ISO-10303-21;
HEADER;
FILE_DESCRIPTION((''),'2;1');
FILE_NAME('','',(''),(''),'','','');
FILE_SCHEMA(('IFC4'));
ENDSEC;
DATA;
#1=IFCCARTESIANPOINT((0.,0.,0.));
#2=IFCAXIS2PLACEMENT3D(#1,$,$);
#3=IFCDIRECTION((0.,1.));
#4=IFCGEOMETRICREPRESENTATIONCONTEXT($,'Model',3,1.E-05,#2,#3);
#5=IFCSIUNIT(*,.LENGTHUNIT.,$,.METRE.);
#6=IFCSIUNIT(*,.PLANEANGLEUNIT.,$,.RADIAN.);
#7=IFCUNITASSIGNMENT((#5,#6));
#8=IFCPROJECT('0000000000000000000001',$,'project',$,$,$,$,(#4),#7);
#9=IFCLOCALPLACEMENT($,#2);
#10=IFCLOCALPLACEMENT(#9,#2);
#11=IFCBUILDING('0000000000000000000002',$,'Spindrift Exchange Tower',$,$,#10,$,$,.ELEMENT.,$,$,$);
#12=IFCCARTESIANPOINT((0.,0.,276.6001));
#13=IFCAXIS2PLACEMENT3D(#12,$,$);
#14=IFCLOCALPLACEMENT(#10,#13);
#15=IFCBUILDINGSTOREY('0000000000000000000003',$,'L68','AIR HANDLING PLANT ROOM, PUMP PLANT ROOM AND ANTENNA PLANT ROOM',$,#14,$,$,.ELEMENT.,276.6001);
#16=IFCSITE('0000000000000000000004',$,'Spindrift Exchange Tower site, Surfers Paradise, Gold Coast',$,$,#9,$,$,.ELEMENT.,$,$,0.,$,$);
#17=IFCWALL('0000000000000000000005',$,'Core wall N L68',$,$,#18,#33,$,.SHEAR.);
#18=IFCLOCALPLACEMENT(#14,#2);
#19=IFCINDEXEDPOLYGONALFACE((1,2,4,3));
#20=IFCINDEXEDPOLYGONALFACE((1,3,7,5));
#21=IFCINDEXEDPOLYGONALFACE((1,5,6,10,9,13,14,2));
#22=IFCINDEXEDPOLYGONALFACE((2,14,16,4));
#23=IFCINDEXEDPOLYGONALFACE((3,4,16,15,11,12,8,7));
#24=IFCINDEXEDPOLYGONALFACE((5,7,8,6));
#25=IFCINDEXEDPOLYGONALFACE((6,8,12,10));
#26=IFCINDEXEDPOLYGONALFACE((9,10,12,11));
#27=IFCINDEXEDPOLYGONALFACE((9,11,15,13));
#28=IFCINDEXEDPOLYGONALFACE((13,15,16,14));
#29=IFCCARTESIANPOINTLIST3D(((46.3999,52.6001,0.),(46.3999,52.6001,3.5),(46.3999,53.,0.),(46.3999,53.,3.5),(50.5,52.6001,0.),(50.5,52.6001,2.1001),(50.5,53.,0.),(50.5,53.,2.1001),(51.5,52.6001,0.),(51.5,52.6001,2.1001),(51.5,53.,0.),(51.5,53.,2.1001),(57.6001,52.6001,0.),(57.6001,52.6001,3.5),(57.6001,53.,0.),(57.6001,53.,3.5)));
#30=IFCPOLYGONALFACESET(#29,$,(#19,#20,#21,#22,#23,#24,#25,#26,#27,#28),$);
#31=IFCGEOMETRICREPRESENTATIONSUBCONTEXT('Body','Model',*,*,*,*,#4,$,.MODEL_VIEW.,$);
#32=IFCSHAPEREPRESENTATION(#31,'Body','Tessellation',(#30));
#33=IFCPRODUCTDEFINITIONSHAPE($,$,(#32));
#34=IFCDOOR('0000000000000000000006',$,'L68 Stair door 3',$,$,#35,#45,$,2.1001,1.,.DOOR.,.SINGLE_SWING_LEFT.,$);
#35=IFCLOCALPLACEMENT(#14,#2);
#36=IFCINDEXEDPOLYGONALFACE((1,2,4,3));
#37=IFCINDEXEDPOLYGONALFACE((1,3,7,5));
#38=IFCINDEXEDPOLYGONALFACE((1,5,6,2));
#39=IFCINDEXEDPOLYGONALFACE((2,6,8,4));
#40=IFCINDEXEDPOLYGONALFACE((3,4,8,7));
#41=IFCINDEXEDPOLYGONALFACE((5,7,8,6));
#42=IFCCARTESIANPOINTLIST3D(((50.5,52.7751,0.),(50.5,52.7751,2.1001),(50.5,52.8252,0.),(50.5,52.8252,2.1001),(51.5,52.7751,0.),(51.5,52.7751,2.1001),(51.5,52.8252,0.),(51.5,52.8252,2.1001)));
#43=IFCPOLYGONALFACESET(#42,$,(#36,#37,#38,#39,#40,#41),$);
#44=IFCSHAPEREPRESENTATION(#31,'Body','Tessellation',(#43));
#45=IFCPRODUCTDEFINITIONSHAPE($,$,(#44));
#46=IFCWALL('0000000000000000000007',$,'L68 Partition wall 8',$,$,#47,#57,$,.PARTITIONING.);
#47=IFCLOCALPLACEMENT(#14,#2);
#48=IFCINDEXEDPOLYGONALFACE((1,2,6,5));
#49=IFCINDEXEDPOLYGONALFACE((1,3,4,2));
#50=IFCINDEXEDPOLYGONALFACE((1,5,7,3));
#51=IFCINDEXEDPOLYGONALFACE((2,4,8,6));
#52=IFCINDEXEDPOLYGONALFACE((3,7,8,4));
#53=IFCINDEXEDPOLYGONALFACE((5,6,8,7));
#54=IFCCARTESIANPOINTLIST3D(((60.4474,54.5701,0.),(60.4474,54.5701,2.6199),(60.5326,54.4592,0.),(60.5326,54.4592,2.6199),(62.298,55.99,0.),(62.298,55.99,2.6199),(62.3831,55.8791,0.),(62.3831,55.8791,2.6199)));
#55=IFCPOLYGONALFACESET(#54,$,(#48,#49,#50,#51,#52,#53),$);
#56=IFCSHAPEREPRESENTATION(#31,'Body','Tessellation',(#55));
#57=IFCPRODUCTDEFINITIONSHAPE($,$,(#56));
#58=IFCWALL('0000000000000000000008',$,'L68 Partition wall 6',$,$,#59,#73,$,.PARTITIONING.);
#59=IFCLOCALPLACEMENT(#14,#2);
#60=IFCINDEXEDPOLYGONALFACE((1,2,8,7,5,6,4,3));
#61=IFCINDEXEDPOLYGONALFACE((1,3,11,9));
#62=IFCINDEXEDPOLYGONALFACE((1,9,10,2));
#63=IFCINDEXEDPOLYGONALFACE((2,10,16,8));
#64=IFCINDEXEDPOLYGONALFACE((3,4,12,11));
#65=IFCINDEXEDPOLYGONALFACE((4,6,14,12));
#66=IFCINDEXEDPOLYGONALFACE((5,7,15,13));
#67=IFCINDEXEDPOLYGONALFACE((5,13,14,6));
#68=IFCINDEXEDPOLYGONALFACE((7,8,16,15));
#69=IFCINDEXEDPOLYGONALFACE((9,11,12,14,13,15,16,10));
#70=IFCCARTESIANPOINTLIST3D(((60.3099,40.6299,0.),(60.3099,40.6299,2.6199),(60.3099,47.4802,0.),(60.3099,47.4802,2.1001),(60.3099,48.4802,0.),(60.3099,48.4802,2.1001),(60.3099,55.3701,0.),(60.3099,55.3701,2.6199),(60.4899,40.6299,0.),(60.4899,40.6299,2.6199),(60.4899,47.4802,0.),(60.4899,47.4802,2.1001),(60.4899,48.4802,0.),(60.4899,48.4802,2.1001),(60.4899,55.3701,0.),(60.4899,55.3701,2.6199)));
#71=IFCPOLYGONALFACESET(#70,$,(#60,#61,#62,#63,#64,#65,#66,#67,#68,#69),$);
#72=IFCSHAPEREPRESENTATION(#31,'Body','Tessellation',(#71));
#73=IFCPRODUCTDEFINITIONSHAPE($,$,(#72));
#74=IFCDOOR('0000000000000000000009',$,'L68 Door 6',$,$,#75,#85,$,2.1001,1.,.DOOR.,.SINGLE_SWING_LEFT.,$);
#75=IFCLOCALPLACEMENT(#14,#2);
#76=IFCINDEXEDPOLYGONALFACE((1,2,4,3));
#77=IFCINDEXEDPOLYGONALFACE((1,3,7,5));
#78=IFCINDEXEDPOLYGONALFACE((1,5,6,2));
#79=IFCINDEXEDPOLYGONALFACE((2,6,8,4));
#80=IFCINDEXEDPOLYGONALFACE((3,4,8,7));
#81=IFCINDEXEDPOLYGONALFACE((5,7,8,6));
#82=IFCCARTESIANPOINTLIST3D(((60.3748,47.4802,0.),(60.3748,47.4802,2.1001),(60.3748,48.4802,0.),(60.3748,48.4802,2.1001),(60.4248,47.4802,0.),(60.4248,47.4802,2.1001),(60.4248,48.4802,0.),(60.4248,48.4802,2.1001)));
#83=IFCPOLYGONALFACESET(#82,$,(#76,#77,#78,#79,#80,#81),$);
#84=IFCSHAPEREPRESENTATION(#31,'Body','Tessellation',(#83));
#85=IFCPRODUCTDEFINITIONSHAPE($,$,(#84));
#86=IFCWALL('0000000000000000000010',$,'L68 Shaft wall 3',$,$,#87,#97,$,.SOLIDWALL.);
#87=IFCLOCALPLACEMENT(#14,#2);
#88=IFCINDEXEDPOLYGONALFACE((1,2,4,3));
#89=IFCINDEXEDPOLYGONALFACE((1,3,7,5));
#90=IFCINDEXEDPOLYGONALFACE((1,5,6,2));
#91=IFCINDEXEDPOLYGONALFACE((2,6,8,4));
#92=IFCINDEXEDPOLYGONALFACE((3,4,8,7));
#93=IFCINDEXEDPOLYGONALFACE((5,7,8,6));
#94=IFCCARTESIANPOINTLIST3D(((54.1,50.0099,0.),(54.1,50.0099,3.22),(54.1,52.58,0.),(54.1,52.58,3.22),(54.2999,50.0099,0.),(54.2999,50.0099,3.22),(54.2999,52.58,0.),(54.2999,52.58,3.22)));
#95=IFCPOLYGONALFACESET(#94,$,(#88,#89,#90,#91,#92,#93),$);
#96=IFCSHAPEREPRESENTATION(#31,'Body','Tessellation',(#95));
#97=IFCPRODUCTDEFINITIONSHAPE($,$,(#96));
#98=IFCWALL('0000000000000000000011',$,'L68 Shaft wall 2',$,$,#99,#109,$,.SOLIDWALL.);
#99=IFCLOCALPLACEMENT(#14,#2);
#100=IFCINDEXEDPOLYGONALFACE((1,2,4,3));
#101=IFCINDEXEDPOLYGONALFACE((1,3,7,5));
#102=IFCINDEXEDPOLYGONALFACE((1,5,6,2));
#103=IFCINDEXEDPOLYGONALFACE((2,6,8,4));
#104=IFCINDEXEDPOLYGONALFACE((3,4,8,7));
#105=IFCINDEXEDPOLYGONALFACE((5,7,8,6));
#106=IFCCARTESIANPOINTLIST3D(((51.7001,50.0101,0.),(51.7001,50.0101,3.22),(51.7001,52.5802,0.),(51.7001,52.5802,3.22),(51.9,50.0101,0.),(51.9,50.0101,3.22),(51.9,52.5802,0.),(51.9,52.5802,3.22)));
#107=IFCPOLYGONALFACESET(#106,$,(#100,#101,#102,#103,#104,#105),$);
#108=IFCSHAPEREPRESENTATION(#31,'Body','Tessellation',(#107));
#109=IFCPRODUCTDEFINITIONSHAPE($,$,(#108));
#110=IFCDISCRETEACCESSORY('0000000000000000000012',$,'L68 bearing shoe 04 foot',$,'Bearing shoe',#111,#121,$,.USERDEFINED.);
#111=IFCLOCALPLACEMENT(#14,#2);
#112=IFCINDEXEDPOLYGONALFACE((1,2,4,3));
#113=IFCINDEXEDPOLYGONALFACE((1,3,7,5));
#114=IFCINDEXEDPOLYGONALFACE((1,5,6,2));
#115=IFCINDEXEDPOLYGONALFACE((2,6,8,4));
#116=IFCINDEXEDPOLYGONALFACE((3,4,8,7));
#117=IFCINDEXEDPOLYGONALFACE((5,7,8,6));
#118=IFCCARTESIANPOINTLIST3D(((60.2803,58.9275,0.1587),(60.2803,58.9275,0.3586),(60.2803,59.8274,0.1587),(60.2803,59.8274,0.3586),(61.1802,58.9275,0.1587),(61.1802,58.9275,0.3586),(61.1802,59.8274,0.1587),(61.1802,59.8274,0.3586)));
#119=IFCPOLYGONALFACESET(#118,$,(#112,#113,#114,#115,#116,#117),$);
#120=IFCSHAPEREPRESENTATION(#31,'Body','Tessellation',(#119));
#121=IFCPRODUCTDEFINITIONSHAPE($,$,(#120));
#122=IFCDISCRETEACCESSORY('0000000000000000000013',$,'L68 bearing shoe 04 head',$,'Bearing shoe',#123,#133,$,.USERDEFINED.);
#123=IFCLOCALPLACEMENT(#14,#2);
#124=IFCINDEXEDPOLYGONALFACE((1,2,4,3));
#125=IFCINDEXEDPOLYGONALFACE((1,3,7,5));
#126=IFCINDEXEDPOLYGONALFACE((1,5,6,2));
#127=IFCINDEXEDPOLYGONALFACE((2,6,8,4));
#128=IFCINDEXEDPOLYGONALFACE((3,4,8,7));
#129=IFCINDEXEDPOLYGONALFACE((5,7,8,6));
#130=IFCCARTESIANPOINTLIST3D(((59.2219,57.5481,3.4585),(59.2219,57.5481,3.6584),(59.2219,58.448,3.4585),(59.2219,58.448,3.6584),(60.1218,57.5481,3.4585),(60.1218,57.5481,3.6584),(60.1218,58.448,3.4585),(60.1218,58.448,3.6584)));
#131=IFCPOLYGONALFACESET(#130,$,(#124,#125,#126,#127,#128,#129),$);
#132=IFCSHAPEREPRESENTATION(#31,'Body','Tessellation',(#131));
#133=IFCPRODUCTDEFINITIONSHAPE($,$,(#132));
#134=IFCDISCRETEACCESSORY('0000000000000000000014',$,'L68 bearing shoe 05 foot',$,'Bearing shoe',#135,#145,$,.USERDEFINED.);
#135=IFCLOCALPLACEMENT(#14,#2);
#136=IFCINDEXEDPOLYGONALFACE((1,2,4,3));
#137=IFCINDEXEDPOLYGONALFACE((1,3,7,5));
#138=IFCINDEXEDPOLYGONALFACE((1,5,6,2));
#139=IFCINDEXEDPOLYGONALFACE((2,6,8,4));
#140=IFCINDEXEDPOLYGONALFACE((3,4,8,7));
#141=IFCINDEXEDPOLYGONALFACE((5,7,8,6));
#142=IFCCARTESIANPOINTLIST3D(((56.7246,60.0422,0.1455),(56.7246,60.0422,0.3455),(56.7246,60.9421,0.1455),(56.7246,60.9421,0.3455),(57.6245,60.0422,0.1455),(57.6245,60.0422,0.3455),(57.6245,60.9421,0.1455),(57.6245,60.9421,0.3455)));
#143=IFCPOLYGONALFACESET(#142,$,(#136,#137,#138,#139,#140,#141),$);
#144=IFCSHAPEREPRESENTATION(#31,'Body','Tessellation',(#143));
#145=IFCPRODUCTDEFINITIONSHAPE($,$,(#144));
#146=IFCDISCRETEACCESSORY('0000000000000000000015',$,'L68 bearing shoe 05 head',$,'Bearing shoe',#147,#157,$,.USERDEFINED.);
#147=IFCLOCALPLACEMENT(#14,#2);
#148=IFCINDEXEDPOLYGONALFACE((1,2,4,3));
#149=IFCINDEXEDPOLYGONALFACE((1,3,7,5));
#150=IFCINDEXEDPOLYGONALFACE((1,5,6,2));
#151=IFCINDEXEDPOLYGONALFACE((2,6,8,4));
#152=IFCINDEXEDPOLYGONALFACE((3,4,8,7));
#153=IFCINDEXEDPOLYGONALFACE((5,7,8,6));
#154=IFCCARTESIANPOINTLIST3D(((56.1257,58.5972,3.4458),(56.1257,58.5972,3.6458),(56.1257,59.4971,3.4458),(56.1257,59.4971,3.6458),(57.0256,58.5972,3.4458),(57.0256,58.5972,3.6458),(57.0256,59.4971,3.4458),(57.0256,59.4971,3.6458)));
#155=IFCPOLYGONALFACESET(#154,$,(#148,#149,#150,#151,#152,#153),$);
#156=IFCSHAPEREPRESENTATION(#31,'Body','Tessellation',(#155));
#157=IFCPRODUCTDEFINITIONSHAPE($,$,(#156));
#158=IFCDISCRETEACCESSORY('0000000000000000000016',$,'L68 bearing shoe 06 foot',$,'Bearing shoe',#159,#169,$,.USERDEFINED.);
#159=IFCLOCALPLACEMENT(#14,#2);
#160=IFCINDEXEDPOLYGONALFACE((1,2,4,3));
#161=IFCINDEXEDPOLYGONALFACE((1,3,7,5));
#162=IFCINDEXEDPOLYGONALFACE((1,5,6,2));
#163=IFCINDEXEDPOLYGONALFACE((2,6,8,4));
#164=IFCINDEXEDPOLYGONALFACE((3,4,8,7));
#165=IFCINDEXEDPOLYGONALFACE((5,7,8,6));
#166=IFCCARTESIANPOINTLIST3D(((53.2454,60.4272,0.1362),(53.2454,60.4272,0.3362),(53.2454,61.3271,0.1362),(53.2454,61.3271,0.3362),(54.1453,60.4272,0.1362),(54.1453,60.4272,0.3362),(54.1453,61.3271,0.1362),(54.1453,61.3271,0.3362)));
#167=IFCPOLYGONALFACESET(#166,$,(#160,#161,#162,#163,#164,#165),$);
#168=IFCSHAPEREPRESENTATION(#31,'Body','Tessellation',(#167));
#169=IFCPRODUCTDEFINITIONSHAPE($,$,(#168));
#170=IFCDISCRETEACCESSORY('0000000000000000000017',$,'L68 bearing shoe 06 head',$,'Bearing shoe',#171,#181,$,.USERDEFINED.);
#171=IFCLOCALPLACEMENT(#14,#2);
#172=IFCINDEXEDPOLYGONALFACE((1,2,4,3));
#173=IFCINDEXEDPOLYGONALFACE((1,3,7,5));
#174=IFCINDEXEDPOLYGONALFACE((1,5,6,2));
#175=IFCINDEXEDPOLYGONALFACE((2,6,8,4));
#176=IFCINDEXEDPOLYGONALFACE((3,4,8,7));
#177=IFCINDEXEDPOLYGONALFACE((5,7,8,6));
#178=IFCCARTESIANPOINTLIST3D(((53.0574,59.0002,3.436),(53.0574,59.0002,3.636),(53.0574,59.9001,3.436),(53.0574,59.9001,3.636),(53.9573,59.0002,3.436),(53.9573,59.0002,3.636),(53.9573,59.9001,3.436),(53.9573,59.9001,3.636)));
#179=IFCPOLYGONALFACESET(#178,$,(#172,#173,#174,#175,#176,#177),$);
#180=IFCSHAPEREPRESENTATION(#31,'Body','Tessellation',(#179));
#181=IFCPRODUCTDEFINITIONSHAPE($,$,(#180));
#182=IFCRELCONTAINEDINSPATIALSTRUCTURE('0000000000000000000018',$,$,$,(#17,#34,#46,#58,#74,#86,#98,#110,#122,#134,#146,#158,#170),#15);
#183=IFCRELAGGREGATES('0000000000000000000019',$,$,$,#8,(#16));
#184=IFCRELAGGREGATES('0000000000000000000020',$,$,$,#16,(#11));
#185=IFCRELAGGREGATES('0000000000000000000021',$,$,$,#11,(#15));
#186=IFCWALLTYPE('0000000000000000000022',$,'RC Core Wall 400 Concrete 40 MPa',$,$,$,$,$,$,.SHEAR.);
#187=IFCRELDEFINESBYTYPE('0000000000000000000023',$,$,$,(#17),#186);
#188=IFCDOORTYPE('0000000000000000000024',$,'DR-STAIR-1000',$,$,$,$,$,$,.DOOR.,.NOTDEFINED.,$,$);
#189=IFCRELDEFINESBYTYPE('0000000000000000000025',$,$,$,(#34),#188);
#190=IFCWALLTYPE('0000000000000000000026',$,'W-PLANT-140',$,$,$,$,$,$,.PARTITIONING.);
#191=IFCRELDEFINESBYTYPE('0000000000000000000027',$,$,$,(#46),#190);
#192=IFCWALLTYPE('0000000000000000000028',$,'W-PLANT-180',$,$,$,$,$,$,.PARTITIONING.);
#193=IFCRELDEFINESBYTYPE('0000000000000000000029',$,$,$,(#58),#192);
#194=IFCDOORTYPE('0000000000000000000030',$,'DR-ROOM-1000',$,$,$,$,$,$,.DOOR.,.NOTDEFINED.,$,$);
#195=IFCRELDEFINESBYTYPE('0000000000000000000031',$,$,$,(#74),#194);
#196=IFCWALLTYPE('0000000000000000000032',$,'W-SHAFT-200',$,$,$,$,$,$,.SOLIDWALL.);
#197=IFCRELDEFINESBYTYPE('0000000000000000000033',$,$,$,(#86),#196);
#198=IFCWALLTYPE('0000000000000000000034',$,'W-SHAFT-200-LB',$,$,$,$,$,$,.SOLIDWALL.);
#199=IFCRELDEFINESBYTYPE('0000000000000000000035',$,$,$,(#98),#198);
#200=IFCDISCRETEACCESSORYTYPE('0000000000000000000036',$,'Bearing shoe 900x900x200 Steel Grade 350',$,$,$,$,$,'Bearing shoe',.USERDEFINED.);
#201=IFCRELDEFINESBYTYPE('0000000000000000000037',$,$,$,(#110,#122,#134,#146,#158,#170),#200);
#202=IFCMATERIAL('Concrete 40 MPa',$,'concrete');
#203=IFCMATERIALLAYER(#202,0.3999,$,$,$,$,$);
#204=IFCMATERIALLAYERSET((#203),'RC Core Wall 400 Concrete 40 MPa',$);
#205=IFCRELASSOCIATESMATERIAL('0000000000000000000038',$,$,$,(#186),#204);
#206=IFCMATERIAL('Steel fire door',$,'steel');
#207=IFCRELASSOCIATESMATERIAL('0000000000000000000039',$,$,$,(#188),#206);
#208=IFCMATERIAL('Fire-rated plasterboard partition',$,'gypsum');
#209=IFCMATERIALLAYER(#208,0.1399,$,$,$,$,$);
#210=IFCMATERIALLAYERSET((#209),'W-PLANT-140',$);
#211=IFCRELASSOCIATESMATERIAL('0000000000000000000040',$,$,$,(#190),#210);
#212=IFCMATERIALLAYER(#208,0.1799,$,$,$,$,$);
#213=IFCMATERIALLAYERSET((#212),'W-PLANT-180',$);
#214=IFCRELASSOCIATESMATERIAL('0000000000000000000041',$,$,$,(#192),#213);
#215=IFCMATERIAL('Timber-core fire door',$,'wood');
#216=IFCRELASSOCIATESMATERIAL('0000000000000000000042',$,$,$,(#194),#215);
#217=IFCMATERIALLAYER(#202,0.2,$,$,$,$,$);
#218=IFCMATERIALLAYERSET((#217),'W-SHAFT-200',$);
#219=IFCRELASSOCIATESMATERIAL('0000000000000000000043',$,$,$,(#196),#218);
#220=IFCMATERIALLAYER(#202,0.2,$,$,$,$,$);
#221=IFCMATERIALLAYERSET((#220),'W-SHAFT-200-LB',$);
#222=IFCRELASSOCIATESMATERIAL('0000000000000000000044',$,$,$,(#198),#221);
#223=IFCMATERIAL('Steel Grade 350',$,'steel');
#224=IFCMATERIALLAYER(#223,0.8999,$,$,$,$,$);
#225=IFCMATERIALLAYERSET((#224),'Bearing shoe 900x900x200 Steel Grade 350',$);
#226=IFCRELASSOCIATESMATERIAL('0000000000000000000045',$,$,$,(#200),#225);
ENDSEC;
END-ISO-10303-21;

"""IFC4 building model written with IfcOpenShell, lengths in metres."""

from ifc_helpers import new_model, si_unit, direction, frame, frame_2d, origin, origin_2d, place, context, subcontext, project, spatial, rectangle, extrude, source, transform, mapped, material, layer, layer_set, type_object, element, fill, save


model = new_model("IFC4")

# Units and contexts
model_context = context("Model", 3, precision=1e-05, world=origin(), true_north=direction((0.0, 1.0)))
body_context = subcontext(model_context, "Body", "Model", "MODEL_VIEW")
ifc_project = project(units=[si_unit("LENGTHUNIT", "METRE"), si_unit("PLANEANGLEUNIT", "RADIAN")], contexts=[model_context])

# Site, building, storey
site_placement = place(None, origin())
site = spatial("IfcSite", under=ifc_project, at=site_placement, Name="Spindrift Exchange Tower site, Surfers Paradise, Gold Coast", CompositionType="ELEMENT", RefElevation=0.0)
building_placement = place(site_placement, origin())
building = spatial("IfcBuilding", under=site, at=building_placement, Name="Spindrift Exchange Tower", CompositionType="ELEMENT")
storey_placement = place(building_placement, frame((0.0, 0.0, 276.6001)))
storey = spatial("IfcBuildingStorey", under=building, at=storey_placement, Name="L68", Description="AIR HANDLING PLANT ROOM, PUMP PLANT ROOM AND ANTENNA PLANT ROOM", CompositionType="ELEMENT", Elevation=276.6001)

# Shared definitions
ifc_material_1 = material(Name="Concrete 40 MPa", Category="concrete")

# Wall, opening, door
ifc_layer_1 = layer(ifc_material_1, 0.3999)
ifc_layer_set_1 = layer_set([ifc_layer_1], Name="RC Core Wall 400 Concrete 40 MPa")
wall_type_1 = type_object("IfcWallType", Name="RC Core Wall 400 Concrete 40 MPa", PredefinedType="SHEAR", material=ifc_layer_set_1)
wall_1_placement = place(storey_placement, frame((57.6001, 52.8, 0.0), z_axis=(0.0, 0.0, 1.0), x_axis=(-1.0, 0.0, 0.0)))
wall_1 = element("IfcWall", 1, at=wall_1_placement, inside=storey, type_object=wall_type_1, Name="Core wall N L68", PredefinedType="SHEAR", context=body_context, shape_type="SweptSolid", body=[
    extrude(rectangle(XDim=11.2002, YDim=0.3999, at=frame_2d((5.6001, 0.0))), origin(), (0.0, 0.0, 1.0), 3.5),
])
opening_1_placement = place(wall_1_placement, frame((6.1001, 0.0, 0.0)))
opening_1 = element("IfcOpeningElement", 2, at=opening_1_placement, cuts=wall_1, PredefinedType="OPENING", context=body_context, shape_type="SweptSolid", body=[
    extrude(rectangle(XDim=1.0, YDim=2.1001, at=frame_2d((0.5, 1.05))), frame((0.0, 0.21, 0.0), z_axis=(0.0, -1.0, 0.0), x_axis=(1.0, 0.0, 0.0)), (0.0, 0.0, 1.0), 0.4199),
])
ifc_material_2 = material(Name="Steel fire door", Category="steel")
door_type_1 = type_object("IfcDoorType", Name="DR-STAIR-1000", OperationType="NOTDEFINED", PredefinedType="DOOR", material=ifc_material_2)
shared_shape_1 = source(origin(), body_context, "Body", "SweptSolid", [
    extrude(rectangle(XDim=1.0, YDim=2.1001, at=frame_2d((0.5, 1.05))), frame((0.0, 0.0249, 0.0), z_axis=(0.0, -1.0, 0.0), x_axis=(1.0, 0.0, 0.0)), (0.0, 0.0, 1.0), 0.05),
])
door_1_placement = place(opening_1_placement, origin())
door_1 = element("IfcDoor", 3, at=door_1_placement, inside=storey, type_object=door_type_1, Name="L68 Stair door 3", OperationType="SINGLE_SWING_LEFT", OverallHeight=2.1001, OverallWidth=1.0, PredefinedType="DOOR", context=body_context, shape_type="MappedRepresentation", body=[
    mapped(shared_shape_1, transform((0.0, 0.0, 0.0), scale=1.0)),
])
fill(opening_1, door_1)

# Wall
ifc_material_3 = material(Name="Fire-rated plasterboard partition", Category="gypsum")
ifc_layer_2 = layer(ifc_material_3, 0.1399)
ifc_layer_set_2 = layer_set([ifc_layer_2], Name="W-PLANT-140")
wall_type_2 = type_object("IfcWallType", Name="W-PLANT-140", PredefinedType="PARTITIONING", material=ifc_layer_set_2)
wall_2_placement = place(storey_placement, frame((60.49, 54.5146, 0.0), z_axis=(0.0, 0.0, 1.0), x_axis=(0.79337, 0.608739, 0.0)))
element("IfcWall", 4, at=wall_2_placement, inside=storey, type_object=wall_type_2, Name="L68 Partition wall 8", PredefinedType="PARTITIONING", context=body_context, shape_type="SweptSolid", body=[
    extrude(rectangle(XDim=2.3325, YDim=0.1399, at=frame_2d((1.1663, 0.0))), origin(), (0.0, 0.0, 1.0), 2.6199),
])

# Wall, opening, door
ifc_layer_3 = layer(ifc_material_3, 0.1799)
ifc_layer_set_3 = layer_set([ifc_layer_3], Name="W-PLANT-180")
wall_type_3 = type_object("IfcWallType", Name="W-PLANT-180", PredefinedType="PARTITIONING", material=ifc_layer_set_3)
wall_3_placement = place(storey_placement, frame((60.3999, 55.3701, 0.0), z_axis=(0.0, 0.0, 1.0), x_axis=(0.0, -1.0, 0.0)))
wall_3 = element("IfcWall", 5, at=wall_3_placement, inside=storey, type_object=wall_type_3, Name="L68 Partition wall 6", PredefinedType="PARTITIONING", context=body_context, shape_type="SweptSolid", body=[
    extrude(rectangle(XDim=14.7402, YDim=0.1799, at=frame_2d((7.3701, 0.0))), origin(), (0.0, 0.0, 1.0), 2.6199),
])
opening_2_placement = place(wall_3_placement, frame((6.8899, 0.0, 0.0)))
opening_2 = element("IfcOpeningElement", 6, at=opening_2_placement, cuts=wall_3, PredefinedType="OPENING", context=body_context, shape_type="SweptSolid", body=[
    extrude(rectangle(XDim=1.0, YDim=2.1001, at=frame_2d((0.5, 1.05))), frame((0.0, 0.0999, 0.0), z_axis=(0.0, -1.0, 0.0), x_axis=(1.0, 0.0, 0.0)), (0.0, 0.0, 1.0), 0.2),
])
ifc_material_4 = material(Name="Timber-core fire door", Category="wood")
door_type_2 = type_object("IfcDoorType", Name="DR-ROOM-1000", OperationType="NOTDEFINED", PredefinedType="DOOR", material=ifc_material_4)
shared_shape_2 = source(origin(), body_context, "Body", "SweptSolid", [
    extrude(rectangle(XDim=1.0, YDim=2.1001, at=frame_2d((0.5, 1.05))), frame((0.0, 0.0249, 0.0), z_axis=(0.0, -1.0, 0.0), x_axis=(1.0, 0.0, 0.0)), (0.0, 0.0, 1.0), 0.05),
])
door_2_placement = place(opening_2_placement, origin())
door_2 = element("IfcDoor", 7, at=door_2_placement, inside=storey, type_object=door_type_2, Name="L68 Door 6", OperationType="SINGLE_SWING_LEFT", OverallHeight=2.1001, OverallWidth=1.0, PredefinedType="DOOR", context=body_context, shape_type="MappedRepresentation", body=[
    mapped(shared_shape_2, transform((0.0, 0.0, 0.0), scale=1.0)),
])
fill(opening_2, door_2)

# Walls
ifc_layer_4 = layer(ifc_material_1, 0.2)
ifc_layer_set_4 = layer_set([ifc_layer_4], Name="W-SHAFT-200")
wall_type_4 = type_object("IfcWallType", Name="W-SHAFT-200", PredefinedType="SOLIDWALL", material=ifc_layer_set_4)
wall_4_placement = place(storey_placement, frame((54.2, 52.5801, 0.0), z_axis=(0.0, 0.0, 1.0), x_axis=(0.0, -1.0, 0.0)))
element("IfcWall", 8, at=wall_4_placement, inside=storey, type_object=wall_type_4, Name="L68 Shaft wall 3", PredefinedType="SOLIDWALL", context=body_context, shape_type="SweptSolid", body=[
    extrude(rectangle(XDim=2.5701, YDim=0.2, at=frame_2d((1.2852, 0.0))), origin(), (0.0, 0.0, 1.0), 3.22),
])
ifc_layer_5 = layer(ifc_material_1, 0.2)
ifc_layer_set_5 = layer_set([ifc_layer_5], Name="W-SHAFT-200-LB")
wall_type_5 = type_object("IfcWallType", Name="W-SHAFT-200-LB", PredefinedType="SOLIDWALL", material=ifc_layer_set_5)
wall_5_placement = place(storey_placement, frame((51.8, 50.01, 0.0), z_axis=(0.0, 0.0, 1.0), x_axis=(0.0, 1.0, 0.0)))
element("IfcWall", 9, at=wall_5_placement, inside=storey, type_object=wall_type_5, Name="L68 Shaft wall 2", PredefinedType="SOLIDWALL", context=body_context, shape_type="SweptSolid", body=[
    extrude(rectangle(XDim=2.5701, YDim=0.2, at=frame_2d((1.2852, 0.0))), origin(), (0.0, 0.0, 1.0), 3.22),
])

# Discrete accessories
ifc_material_5 = material(Name="Steel Grade 350", Category="steel")
ifc_layer_6 = layer(ifc_material_5, 0.8999)
ifc_layer_set_6 = layer_set([ifc_layer_6], Name="Bearing shoe 900x900x200 Steel Grade 350")
discrete_accessory_type = type_object("IfcDiscreteAccessoryType", Name="Bearing shoe 900x900x200 Steel Grade 350", ElementType="Bearing shoe", PredefinedType="USERDEFINED", material=ifc_layer_set_6)
shared_shape_3 = source(origin(), body_context, "Body", "SweptSolid", [
    extrude(rectangle(XDim=0.8999, YDim=0.8999, at=origin_2d()), origin(), (0.0, 0.0, 1.0), 0.2),
])
for number, where, z_axis, x_axis, name in (
    (10, (60.7302, 59.3774, 0.1587), (0.0, 0.0, 1.0), (1.0, 0.0, 0.0), "L68 bearing shoe 04 foot"),
    (11, (59.6719, 57.998, 3.4585), (0.0, 0.0, 1.0), (1.0, 0.0, 0.0), "L68 bearing shoe 04 head"),
    (12, (57.1746, 60.4922, 0.1455), (0.0, 0.0, 1.0), (1.0, 0.0, 0.0), "L68 bearing shoe 05 foot"),
    (13, (56.5757, 59.0471, 3.4458), (0.0, 0.0, 1.0), (1.0, 0.0, 0.0), "L68 bearing shoe 05 head"),
    (14, (53.6953, 60.8772, 0.1362), (0.0, 0.0, 1.0), (1.0, 0.0, 0.0), "L68 bearing shoe 06 foot"),
    (15, (53.5073, 59.4502, 3.436), (0.0, 0.0, 1.0), (1.0, 0.0, 0.0), "L68 bearing shoe 06 head"),
):
    element("IfcDiscreteAccessory", number, at=place(storey_placement, frame(where, z_axis=z_axis, x_axis=x_axis)), inside=storey, type_object=discrete_accessory_type, Name=name, ObjectType="Bearing shoe", PredefinedType="USERDEFINED", context=body_context, shape_type="MappedRepresentation", body=[
        mapped(shared_shape_3, transform((0.0, 0.0, 0.0), scale=1.0)),
    ])

save(model, "model.ifc")
